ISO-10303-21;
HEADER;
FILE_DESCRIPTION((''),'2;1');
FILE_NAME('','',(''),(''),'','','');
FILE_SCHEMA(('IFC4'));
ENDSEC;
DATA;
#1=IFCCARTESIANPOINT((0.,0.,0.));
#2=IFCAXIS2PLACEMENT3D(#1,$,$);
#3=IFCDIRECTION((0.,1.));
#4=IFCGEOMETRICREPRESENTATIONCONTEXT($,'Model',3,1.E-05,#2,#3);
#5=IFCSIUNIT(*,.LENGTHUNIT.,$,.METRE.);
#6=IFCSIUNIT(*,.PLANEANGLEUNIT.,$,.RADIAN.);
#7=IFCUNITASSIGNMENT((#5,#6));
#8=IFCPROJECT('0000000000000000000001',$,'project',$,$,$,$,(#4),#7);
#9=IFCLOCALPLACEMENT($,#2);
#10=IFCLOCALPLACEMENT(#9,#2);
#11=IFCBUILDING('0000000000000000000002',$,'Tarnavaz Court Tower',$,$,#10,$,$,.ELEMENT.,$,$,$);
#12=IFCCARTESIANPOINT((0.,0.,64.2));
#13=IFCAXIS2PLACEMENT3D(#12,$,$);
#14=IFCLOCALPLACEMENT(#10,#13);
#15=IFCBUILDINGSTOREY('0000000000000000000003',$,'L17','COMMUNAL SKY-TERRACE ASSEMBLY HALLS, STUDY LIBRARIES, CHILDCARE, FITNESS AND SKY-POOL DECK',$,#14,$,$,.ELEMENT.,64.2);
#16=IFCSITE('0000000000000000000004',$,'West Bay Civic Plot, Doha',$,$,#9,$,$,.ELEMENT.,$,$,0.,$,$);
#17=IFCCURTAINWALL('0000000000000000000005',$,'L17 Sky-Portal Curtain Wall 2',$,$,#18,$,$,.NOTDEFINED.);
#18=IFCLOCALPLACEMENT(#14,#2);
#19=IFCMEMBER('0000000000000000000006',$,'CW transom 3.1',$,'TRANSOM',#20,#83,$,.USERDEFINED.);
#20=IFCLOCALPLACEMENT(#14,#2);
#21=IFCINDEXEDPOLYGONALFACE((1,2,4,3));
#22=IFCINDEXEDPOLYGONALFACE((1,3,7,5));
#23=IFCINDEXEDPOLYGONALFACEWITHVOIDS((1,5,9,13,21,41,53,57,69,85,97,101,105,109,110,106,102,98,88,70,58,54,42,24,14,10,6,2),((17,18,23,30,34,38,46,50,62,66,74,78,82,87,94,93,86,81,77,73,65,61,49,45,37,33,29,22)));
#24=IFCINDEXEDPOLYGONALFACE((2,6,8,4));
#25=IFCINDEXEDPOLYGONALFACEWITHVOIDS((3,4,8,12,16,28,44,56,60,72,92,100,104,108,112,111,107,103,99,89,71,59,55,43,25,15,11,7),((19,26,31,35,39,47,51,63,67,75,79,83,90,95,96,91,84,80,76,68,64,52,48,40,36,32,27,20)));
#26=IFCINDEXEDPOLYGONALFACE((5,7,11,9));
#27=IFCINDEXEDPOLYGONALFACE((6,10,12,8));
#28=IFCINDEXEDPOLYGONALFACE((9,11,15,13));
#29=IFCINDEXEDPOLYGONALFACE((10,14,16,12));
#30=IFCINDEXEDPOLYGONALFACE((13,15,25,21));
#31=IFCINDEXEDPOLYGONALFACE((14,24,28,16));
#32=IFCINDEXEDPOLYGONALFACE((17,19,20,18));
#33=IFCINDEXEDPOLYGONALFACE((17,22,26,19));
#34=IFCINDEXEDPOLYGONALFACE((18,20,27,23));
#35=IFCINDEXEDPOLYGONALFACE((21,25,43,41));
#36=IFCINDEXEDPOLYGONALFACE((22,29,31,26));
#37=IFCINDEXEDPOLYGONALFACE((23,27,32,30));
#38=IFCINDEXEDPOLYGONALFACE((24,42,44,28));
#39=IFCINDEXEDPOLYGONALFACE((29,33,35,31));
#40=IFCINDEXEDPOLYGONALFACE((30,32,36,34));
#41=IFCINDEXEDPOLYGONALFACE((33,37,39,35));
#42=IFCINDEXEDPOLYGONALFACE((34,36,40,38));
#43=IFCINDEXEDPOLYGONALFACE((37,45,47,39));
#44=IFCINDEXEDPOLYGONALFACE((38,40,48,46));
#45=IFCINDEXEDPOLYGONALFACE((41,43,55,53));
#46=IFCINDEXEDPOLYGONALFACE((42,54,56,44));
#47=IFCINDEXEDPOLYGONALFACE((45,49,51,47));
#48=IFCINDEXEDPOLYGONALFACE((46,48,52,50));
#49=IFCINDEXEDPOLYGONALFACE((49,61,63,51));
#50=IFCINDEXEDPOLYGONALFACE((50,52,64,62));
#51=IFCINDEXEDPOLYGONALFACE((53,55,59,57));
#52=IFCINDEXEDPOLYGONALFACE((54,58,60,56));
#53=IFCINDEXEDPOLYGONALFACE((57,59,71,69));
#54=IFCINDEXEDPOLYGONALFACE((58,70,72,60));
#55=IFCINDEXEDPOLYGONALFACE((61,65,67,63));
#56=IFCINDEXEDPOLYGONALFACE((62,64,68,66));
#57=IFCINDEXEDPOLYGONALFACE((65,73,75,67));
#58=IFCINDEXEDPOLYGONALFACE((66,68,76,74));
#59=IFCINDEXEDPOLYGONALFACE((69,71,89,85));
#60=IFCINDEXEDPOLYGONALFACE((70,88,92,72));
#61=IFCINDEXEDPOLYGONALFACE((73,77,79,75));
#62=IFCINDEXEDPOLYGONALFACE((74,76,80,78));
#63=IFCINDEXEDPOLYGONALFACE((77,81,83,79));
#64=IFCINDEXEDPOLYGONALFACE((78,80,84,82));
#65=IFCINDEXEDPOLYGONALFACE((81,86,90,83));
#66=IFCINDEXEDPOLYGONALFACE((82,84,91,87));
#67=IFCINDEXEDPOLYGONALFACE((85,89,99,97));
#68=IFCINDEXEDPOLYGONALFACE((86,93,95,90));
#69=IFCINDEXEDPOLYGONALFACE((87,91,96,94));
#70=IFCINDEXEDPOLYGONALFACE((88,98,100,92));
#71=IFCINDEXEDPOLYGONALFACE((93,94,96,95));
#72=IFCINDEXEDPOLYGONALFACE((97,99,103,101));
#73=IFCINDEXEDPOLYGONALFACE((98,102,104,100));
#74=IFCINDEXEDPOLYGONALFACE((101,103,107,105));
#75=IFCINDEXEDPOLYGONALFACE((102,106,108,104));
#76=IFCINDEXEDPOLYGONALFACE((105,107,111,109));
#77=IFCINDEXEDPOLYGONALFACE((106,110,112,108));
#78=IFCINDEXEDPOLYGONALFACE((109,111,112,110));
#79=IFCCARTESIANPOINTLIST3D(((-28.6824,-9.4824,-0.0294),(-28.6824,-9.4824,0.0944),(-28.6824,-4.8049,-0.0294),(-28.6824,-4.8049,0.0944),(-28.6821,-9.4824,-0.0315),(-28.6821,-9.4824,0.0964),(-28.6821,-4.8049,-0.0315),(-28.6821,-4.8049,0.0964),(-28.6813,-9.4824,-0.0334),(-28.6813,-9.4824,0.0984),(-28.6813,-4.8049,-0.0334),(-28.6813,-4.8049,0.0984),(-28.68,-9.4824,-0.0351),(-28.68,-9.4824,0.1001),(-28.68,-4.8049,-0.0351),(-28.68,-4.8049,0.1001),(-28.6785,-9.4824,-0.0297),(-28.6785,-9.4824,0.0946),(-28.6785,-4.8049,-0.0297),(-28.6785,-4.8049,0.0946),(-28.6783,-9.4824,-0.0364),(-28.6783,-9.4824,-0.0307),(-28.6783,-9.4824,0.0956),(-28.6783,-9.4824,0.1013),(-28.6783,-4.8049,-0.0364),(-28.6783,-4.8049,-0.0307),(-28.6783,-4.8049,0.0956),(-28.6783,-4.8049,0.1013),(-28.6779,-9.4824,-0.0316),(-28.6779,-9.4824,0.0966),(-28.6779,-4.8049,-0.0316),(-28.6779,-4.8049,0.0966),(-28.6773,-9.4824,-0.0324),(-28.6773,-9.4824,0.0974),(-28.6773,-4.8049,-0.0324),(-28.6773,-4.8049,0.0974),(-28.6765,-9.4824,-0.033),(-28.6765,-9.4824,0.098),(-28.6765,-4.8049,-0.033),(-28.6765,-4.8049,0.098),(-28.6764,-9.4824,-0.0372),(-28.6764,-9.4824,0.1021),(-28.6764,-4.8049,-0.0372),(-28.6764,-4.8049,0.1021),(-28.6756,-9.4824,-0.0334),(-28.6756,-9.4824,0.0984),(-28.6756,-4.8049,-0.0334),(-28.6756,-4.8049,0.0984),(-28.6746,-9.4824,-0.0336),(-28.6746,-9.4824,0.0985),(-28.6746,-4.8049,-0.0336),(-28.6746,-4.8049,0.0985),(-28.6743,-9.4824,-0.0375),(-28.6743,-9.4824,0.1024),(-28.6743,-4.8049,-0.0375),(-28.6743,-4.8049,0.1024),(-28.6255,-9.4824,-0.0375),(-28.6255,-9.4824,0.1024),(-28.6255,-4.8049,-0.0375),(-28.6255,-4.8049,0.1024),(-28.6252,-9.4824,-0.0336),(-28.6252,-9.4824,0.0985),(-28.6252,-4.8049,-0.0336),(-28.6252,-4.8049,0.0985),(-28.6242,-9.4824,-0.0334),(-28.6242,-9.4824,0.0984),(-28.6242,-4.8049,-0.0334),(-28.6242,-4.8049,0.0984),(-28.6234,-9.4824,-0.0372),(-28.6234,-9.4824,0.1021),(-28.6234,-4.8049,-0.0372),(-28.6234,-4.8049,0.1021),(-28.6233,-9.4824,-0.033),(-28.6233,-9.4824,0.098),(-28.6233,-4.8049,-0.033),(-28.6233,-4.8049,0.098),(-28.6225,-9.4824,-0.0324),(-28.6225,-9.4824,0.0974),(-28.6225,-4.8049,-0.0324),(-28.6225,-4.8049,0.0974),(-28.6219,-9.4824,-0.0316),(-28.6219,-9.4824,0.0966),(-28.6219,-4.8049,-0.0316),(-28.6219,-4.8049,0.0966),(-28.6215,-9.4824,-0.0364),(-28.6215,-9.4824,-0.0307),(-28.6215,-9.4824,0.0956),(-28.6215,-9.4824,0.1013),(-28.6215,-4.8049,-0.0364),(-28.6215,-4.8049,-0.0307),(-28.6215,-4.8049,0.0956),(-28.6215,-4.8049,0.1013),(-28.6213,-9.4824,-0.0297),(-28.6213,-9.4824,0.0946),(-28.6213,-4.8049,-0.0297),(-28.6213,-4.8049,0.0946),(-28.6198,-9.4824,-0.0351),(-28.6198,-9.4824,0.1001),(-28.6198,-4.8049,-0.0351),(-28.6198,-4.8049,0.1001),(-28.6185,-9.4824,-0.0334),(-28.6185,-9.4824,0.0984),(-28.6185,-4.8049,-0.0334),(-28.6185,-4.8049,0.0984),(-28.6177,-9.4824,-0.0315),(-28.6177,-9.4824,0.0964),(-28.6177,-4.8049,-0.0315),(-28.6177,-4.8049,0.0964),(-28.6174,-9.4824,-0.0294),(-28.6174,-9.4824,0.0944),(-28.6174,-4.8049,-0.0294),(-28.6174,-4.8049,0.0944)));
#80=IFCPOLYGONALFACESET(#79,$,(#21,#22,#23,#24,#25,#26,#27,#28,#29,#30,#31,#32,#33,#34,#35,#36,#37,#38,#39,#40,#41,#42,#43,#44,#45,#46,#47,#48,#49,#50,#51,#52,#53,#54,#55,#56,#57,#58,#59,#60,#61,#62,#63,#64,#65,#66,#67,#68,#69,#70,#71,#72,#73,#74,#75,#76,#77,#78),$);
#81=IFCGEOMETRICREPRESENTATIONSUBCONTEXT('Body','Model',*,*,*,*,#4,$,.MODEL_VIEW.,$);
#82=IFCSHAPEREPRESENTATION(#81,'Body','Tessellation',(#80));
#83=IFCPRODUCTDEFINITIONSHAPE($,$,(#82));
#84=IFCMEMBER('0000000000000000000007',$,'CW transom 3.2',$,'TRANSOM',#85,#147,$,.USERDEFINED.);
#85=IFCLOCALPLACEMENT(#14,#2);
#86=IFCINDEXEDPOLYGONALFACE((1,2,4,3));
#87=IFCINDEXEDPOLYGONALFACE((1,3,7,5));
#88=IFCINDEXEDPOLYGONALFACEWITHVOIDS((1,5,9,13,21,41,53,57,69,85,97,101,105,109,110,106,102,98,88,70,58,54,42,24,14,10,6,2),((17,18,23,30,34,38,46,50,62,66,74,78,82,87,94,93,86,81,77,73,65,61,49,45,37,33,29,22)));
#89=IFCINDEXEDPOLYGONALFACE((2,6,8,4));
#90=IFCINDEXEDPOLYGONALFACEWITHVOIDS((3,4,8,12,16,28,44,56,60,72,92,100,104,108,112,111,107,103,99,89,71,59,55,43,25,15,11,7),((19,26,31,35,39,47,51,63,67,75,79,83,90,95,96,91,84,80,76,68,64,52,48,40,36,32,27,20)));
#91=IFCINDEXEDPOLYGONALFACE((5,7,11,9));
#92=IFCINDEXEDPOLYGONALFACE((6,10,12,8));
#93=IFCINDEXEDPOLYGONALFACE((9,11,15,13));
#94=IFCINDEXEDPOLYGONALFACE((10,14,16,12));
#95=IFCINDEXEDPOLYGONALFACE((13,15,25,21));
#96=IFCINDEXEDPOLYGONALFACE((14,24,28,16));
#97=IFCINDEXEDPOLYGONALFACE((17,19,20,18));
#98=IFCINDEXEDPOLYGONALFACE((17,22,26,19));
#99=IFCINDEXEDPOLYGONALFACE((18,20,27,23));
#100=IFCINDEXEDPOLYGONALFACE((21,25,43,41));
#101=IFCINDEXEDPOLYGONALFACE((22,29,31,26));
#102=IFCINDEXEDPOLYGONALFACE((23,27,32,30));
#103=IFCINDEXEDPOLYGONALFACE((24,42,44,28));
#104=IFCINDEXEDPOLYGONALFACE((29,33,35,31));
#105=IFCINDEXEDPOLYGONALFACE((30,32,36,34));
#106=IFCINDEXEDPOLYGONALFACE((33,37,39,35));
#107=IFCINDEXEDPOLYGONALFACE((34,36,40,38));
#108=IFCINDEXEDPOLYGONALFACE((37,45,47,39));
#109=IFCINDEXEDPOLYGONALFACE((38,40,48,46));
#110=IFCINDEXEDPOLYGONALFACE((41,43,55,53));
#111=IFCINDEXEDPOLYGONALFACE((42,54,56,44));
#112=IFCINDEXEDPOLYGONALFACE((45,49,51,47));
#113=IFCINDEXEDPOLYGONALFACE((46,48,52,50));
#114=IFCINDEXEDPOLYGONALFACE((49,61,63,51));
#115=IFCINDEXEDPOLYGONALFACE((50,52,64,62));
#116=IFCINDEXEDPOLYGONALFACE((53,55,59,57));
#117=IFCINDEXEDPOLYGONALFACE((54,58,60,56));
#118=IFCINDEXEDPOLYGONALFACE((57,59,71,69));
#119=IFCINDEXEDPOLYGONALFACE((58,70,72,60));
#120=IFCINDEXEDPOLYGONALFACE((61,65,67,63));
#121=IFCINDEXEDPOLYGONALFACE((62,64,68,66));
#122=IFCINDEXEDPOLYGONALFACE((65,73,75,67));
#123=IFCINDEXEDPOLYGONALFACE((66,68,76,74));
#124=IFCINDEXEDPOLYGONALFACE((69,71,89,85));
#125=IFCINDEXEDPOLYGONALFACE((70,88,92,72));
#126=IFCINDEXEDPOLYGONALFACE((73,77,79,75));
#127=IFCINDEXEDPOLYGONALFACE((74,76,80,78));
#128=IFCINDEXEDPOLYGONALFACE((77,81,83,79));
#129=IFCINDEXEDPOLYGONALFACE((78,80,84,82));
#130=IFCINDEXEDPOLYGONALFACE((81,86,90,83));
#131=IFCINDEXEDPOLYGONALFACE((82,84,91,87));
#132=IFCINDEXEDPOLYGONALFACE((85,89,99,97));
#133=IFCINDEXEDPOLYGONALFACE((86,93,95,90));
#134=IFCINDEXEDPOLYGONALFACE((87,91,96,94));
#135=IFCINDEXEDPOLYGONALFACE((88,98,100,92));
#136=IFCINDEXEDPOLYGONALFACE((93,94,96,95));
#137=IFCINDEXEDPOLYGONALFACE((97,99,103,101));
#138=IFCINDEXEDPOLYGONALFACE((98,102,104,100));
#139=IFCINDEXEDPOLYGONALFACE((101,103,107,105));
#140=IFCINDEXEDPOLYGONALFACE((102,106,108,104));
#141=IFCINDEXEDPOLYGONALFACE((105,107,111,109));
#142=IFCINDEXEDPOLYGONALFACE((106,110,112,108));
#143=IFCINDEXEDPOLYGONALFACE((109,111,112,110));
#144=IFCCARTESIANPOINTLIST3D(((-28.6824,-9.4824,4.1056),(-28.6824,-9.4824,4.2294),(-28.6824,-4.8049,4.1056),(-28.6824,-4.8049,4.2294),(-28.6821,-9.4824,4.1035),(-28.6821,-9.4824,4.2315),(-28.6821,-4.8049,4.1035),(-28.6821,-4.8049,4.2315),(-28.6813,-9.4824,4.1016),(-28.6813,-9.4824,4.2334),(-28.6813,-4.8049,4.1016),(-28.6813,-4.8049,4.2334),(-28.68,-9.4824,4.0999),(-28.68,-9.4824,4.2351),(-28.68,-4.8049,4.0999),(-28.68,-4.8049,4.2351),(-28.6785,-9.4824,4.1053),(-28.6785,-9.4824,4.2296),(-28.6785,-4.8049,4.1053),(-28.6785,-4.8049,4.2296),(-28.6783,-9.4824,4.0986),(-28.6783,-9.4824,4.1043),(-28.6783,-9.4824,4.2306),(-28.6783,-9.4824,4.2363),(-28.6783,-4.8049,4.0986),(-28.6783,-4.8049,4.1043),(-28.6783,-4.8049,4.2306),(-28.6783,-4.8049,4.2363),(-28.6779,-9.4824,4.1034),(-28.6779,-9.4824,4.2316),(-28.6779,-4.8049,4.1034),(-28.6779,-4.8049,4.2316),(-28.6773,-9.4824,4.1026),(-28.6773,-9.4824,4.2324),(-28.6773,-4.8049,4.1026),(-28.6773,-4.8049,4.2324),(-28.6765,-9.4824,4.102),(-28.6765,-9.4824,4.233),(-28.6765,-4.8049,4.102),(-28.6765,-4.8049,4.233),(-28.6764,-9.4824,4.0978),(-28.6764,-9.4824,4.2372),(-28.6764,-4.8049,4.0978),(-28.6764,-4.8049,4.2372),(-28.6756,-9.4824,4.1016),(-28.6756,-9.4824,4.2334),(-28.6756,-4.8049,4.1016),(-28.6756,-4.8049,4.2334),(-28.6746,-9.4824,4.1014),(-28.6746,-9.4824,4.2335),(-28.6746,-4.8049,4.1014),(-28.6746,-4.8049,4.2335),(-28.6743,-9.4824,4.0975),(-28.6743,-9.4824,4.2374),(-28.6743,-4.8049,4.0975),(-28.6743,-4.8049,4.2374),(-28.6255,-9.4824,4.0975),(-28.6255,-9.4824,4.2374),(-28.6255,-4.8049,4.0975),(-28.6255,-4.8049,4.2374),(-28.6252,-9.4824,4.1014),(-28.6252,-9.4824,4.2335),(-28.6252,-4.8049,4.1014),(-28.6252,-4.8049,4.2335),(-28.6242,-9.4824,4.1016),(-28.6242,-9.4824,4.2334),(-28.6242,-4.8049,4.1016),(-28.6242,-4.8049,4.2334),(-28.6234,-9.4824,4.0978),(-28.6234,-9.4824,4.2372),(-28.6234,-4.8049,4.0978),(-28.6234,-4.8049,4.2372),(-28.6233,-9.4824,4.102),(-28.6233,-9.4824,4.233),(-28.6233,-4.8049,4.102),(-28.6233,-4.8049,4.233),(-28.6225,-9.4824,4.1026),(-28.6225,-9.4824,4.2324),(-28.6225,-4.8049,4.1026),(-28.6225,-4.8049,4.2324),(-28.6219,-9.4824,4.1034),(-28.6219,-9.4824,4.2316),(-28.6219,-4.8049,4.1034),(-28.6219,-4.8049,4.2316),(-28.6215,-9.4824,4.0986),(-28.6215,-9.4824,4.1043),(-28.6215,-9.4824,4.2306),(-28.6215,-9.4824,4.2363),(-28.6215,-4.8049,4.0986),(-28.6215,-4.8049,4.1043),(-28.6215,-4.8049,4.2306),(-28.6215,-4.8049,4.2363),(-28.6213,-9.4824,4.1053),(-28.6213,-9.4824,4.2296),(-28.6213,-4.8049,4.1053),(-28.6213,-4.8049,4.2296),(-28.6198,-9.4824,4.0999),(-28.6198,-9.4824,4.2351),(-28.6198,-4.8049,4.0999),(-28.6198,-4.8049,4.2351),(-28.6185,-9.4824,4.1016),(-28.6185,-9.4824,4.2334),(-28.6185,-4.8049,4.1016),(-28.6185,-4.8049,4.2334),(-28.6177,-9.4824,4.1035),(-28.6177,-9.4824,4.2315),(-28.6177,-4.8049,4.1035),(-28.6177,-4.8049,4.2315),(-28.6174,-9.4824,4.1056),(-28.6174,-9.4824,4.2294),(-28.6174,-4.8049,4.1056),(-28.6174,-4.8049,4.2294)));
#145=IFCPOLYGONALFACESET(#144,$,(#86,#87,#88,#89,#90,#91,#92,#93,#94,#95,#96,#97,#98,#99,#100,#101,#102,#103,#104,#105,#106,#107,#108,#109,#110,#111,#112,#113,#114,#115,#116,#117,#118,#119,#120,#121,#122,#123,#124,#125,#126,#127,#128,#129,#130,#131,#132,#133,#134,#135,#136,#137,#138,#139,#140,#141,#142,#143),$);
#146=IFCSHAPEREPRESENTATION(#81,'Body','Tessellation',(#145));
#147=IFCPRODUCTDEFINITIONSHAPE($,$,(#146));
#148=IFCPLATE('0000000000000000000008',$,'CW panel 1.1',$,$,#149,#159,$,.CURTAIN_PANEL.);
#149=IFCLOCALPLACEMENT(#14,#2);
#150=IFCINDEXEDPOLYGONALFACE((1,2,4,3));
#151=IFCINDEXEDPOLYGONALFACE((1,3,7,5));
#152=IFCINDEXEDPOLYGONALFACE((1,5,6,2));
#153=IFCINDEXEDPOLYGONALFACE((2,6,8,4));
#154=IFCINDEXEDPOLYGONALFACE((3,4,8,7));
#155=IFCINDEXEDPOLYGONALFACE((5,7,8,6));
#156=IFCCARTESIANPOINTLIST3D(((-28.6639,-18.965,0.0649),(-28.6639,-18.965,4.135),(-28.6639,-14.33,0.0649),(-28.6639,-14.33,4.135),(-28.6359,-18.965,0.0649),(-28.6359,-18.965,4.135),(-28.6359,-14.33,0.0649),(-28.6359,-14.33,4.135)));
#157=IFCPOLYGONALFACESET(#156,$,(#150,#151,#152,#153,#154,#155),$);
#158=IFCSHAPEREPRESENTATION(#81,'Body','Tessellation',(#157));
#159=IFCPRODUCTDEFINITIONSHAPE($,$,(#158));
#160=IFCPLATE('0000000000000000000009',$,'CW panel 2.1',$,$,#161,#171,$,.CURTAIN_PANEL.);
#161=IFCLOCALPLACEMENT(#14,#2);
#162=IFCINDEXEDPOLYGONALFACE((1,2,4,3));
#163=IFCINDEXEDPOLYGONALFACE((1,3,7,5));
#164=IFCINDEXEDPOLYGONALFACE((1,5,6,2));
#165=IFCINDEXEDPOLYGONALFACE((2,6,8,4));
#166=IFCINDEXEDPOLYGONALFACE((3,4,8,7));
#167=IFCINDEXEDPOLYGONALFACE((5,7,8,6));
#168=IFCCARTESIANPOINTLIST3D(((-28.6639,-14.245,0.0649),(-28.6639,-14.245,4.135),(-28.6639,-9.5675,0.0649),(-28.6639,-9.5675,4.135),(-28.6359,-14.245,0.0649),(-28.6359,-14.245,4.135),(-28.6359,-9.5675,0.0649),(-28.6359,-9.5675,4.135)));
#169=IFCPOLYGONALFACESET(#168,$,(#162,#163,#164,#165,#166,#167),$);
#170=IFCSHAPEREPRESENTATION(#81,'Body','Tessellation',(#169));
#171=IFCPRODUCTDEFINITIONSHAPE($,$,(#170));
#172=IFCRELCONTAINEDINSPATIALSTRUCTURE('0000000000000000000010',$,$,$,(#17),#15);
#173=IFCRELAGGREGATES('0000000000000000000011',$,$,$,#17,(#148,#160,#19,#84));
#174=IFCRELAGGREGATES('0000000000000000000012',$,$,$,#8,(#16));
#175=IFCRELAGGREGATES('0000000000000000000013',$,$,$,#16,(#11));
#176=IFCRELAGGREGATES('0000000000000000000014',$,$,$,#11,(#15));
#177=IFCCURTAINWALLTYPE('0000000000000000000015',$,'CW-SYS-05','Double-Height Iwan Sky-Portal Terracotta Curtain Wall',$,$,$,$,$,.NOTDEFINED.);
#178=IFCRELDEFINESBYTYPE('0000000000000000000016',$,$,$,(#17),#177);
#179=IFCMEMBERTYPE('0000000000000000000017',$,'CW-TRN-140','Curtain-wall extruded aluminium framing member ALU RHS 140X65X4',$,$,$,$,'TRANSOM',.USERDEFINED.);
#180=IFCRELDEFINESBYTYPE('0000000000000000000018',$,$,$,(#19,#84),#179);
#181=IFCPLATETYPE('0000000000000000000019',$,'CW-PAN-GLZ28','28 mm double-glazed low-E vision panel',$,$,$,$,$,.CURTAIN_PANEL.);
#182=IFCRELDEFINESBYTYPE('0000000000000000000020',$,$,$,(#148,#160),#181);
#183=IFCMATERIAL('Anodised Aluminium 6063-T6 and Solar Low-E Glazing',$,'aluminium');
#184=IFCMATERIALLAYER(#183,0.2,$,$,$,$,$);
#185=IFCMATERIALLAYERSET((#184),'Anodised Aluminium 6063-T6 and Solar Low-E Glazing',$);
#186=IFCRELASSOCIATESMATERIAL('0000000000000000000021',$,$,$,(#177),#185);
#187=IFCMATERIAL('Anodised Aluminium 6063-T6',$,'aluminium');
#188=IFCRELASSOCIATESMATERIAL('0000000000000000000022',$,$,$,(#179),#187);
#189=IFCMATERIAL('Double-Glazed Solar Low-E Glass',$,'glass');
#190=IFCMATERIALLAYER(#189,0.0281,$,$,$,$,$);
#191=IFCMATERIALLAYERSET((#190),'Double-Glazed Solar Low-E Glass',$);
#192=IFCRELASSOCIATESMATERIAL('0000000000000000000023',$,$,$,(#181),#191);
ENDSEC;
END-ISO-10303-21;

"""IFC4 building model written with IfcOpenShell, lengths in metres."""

from ifc_helpers import new_model, si_unit, direction, frame, origin, origin_2d, place, context, subcontext, project, spatial, rectangle, hollow_rectangle, extrude, material, layer, layer_set, material_profile, profile_set, type_object, element, aggregate, save


model = new_model("IFC4")

# Units and contexts
model_context = context("Model", 3, precision=1e-05, world=origin(), true_north=direction((0.0, 1.0)))
body_context = subcontext(model_context, "Body", "Model", "MODEL_VIEW")
ifc_project = project(units=[si_unit("LENGTHUNIT", "METRE"), si_unit("PLANEANGLEUNIT", "RADIAN")], contexts=[model_context])

# Site, building, storey
site_placement = place(None, origin())
site = spatial("IfcSite", under=ifc_project, at=site_placement, Name="West Bay Civic Plot, Doha", CompositionType="ELEMENT", RefElevation=0.0)
building_placement = place(site_placement, origin())
building = spatial("IfcBuilding", under=site, at=building_placement, Name="Tarnavaz Court Tower", CompositionType="ELEMENT")
storey_placement = place(building_placement, frame((0.0, 0.0, 64.2)))
storey = spatial("IfcBuildingStorey", under=building, at=storey_placement, Name="L17", Description="COMMUNAL SKY-TERRACE ASSEMBLY HALLS, STUDY LIBRARIES, CHILDCARE, FITNESS AND SKY-POOL DECK", CompositionType="ELEMENT", Elevation=64.2)

# Curtain wall, members, plates
ifc_material_1 = material(Name="Anodised Aluminium 6063-T6 and Solar Low-E Glazing", Category="aluminium")
ifc_layer_1 = layer(ifc_material_1, 0.2)
ifc_layer_set_1 = layer_set([ifc_layer_1], Name="Anodised Aluminium 6063-T6 and Solar Low-E Glazing")
curtain_wall_type = type_object("IfcCurtainWallType", Name="CW-SYS-05", Description="Double-Height Iwan Sky-Portal Terracotta Curtain Wall", PredefinedType="NOTDEFINED", material=ifc_layer_set_1)
curtain_wall_placement = place(storey_placement, origin())
curtain_wall = element("IfcCurtainWall", 1, at=curtain_wall_placement, inside=storey, type_object=curtain_wall_type, Name="L17 Sky-Portal Curtain Wall 2", PredefinedType="NOTDEFINED")
ifc_material_2 = material(Name="Anodised Aluminium 6063-T6", Category="aluminium")
ifc_material_profile_1 = material_profile(ifc_material_2, hollow_rectangle(XDim=0.0649, YDim=0.1399, WallThickness=0.0039, InnerFilletRadius=0.0039, OuterFilletRadius=0.0081, at=origin_2d()), Name="ALU RHS 140X65X4")
ifc_profile_set_1 = profile_set([ifc_material_profile_1], Name="Anodised Aluminium 6063-T6")
member_type_1 = type_object("IfcMemberType", Name="CW-TRN-140", Description="Curtain-wall extruded aluminium framing member ALU RHS 140X65X4", ElementType="TRANSOM", PredefinedType="USERDEFINED", material=ifc_profile_set_1)
member_1_placement = place(storey_placement, frame((-28.6499, -9.4824, 0.0325), z_axis=(0.0, 1.0, 0.0), x_axis=(-1.0, 0.0, 0.0)))
member_1 = element("IfcMember", 2, at=member_1_placement, type_object=member_type_1, Name="CW transom 3.1", ObjectType="TRANSOM", PredefinedType="USERDEFINED", context=body_context, shape_type="SweptSolid", body=[
    extrude(hollow_rectangle(XDim=0.0649, YDim=0.1399, WallThickness=0.0039, InnerFilletRadius=0.0039, OuterFilletRadius=0.0081, at=origin_2d()), origin(), (0.0, 0.0, 1.0), 4.6775),
])
member_2_placement = place(storey_placement, frame((-28.6499, -9.4824, 4.1675), z_axis=(0.0, 1.0, 0.0), x_axis=(-1.0, 0.0, 0.0)))
member_2 = element("IfcMember", 3, at=member_2_placement, type_object=member_type_1, Name="CW transom 3.2", ObjectType="TRANSOM", PredefinedType="USERDEFINED", context=body_context, shape_type="SweptSolid", body=[
    extrude(hollow_rectangle(XDim=0.0649, YDim=0.1399, WallThickness=0.0039, InnerFilletRadius=0.0039, OuterFilletRadius=0.0081, at=origin_2d()), origin(), (0.0, 0.0, 1.0), 4.6775),
])
ifc_material_3 = material(Name="Double-Glazed Solar Low-E Glass", Category="glass")
ifc_layer_2 = layer(ifc_material_3, 0.0281)
ifc_layer_set_2 = layer_set([ifc_layer_2], Name="Double-Glazed Solar Low-E Glass")
plate_type = type_object("IfcPlateType", Name="CW-PAN-GLZ28", Description="28 mm double-glazed low-E vision panel", PredefinedType="CURTAIN_PANEL", material=ifc_layer_set_2)
plate_1_placement = place(storey_placement, frame((-28.6499, -16.6475, 0.0649), z_axis=(0.0, 0.0, 1.0), x_axis=(0.0, 1.0, 0.0)))
plate_1 = element("IfcPlate", 4, at=plate_1_placement, type_object=plate_type, Name="CW panel 1.1", PredefinedType="CURTAIN_PANEL", context=body_context, shape_type="SweptSolid", body=[
    extrude(rectangle(XDim=4.635, YDim=0.0281, at=origin_2d()), origin(), (0.0, 0.0, 1.0), 4.0701),
])
plate_2_placement = place(storey_placement, frame((-28.6499, -11.9062, 0.0649), z_axis=(0.0, 0.0, 1.0), x_axis=(0.0, 1.0, 0.0)))
plate_2 = element("IfcPlate", 5, at=plate_2_placement, type_object=plate_type, Name="CW panel 2.1", PredefinedType="CURTAIN_PANEL", context=body_context, shape_type="SweptSolid", body=[
    extrude(rectangle(XDim=4.6775, YDim=0.0281, at=origin_2d()), origin(), (0.0, 0.0, 1.0), 4.0701),
])
aggregate(curtain_wall, [plate_1, plate_2, member_1, member_2])

save(model, "model.ifc")
